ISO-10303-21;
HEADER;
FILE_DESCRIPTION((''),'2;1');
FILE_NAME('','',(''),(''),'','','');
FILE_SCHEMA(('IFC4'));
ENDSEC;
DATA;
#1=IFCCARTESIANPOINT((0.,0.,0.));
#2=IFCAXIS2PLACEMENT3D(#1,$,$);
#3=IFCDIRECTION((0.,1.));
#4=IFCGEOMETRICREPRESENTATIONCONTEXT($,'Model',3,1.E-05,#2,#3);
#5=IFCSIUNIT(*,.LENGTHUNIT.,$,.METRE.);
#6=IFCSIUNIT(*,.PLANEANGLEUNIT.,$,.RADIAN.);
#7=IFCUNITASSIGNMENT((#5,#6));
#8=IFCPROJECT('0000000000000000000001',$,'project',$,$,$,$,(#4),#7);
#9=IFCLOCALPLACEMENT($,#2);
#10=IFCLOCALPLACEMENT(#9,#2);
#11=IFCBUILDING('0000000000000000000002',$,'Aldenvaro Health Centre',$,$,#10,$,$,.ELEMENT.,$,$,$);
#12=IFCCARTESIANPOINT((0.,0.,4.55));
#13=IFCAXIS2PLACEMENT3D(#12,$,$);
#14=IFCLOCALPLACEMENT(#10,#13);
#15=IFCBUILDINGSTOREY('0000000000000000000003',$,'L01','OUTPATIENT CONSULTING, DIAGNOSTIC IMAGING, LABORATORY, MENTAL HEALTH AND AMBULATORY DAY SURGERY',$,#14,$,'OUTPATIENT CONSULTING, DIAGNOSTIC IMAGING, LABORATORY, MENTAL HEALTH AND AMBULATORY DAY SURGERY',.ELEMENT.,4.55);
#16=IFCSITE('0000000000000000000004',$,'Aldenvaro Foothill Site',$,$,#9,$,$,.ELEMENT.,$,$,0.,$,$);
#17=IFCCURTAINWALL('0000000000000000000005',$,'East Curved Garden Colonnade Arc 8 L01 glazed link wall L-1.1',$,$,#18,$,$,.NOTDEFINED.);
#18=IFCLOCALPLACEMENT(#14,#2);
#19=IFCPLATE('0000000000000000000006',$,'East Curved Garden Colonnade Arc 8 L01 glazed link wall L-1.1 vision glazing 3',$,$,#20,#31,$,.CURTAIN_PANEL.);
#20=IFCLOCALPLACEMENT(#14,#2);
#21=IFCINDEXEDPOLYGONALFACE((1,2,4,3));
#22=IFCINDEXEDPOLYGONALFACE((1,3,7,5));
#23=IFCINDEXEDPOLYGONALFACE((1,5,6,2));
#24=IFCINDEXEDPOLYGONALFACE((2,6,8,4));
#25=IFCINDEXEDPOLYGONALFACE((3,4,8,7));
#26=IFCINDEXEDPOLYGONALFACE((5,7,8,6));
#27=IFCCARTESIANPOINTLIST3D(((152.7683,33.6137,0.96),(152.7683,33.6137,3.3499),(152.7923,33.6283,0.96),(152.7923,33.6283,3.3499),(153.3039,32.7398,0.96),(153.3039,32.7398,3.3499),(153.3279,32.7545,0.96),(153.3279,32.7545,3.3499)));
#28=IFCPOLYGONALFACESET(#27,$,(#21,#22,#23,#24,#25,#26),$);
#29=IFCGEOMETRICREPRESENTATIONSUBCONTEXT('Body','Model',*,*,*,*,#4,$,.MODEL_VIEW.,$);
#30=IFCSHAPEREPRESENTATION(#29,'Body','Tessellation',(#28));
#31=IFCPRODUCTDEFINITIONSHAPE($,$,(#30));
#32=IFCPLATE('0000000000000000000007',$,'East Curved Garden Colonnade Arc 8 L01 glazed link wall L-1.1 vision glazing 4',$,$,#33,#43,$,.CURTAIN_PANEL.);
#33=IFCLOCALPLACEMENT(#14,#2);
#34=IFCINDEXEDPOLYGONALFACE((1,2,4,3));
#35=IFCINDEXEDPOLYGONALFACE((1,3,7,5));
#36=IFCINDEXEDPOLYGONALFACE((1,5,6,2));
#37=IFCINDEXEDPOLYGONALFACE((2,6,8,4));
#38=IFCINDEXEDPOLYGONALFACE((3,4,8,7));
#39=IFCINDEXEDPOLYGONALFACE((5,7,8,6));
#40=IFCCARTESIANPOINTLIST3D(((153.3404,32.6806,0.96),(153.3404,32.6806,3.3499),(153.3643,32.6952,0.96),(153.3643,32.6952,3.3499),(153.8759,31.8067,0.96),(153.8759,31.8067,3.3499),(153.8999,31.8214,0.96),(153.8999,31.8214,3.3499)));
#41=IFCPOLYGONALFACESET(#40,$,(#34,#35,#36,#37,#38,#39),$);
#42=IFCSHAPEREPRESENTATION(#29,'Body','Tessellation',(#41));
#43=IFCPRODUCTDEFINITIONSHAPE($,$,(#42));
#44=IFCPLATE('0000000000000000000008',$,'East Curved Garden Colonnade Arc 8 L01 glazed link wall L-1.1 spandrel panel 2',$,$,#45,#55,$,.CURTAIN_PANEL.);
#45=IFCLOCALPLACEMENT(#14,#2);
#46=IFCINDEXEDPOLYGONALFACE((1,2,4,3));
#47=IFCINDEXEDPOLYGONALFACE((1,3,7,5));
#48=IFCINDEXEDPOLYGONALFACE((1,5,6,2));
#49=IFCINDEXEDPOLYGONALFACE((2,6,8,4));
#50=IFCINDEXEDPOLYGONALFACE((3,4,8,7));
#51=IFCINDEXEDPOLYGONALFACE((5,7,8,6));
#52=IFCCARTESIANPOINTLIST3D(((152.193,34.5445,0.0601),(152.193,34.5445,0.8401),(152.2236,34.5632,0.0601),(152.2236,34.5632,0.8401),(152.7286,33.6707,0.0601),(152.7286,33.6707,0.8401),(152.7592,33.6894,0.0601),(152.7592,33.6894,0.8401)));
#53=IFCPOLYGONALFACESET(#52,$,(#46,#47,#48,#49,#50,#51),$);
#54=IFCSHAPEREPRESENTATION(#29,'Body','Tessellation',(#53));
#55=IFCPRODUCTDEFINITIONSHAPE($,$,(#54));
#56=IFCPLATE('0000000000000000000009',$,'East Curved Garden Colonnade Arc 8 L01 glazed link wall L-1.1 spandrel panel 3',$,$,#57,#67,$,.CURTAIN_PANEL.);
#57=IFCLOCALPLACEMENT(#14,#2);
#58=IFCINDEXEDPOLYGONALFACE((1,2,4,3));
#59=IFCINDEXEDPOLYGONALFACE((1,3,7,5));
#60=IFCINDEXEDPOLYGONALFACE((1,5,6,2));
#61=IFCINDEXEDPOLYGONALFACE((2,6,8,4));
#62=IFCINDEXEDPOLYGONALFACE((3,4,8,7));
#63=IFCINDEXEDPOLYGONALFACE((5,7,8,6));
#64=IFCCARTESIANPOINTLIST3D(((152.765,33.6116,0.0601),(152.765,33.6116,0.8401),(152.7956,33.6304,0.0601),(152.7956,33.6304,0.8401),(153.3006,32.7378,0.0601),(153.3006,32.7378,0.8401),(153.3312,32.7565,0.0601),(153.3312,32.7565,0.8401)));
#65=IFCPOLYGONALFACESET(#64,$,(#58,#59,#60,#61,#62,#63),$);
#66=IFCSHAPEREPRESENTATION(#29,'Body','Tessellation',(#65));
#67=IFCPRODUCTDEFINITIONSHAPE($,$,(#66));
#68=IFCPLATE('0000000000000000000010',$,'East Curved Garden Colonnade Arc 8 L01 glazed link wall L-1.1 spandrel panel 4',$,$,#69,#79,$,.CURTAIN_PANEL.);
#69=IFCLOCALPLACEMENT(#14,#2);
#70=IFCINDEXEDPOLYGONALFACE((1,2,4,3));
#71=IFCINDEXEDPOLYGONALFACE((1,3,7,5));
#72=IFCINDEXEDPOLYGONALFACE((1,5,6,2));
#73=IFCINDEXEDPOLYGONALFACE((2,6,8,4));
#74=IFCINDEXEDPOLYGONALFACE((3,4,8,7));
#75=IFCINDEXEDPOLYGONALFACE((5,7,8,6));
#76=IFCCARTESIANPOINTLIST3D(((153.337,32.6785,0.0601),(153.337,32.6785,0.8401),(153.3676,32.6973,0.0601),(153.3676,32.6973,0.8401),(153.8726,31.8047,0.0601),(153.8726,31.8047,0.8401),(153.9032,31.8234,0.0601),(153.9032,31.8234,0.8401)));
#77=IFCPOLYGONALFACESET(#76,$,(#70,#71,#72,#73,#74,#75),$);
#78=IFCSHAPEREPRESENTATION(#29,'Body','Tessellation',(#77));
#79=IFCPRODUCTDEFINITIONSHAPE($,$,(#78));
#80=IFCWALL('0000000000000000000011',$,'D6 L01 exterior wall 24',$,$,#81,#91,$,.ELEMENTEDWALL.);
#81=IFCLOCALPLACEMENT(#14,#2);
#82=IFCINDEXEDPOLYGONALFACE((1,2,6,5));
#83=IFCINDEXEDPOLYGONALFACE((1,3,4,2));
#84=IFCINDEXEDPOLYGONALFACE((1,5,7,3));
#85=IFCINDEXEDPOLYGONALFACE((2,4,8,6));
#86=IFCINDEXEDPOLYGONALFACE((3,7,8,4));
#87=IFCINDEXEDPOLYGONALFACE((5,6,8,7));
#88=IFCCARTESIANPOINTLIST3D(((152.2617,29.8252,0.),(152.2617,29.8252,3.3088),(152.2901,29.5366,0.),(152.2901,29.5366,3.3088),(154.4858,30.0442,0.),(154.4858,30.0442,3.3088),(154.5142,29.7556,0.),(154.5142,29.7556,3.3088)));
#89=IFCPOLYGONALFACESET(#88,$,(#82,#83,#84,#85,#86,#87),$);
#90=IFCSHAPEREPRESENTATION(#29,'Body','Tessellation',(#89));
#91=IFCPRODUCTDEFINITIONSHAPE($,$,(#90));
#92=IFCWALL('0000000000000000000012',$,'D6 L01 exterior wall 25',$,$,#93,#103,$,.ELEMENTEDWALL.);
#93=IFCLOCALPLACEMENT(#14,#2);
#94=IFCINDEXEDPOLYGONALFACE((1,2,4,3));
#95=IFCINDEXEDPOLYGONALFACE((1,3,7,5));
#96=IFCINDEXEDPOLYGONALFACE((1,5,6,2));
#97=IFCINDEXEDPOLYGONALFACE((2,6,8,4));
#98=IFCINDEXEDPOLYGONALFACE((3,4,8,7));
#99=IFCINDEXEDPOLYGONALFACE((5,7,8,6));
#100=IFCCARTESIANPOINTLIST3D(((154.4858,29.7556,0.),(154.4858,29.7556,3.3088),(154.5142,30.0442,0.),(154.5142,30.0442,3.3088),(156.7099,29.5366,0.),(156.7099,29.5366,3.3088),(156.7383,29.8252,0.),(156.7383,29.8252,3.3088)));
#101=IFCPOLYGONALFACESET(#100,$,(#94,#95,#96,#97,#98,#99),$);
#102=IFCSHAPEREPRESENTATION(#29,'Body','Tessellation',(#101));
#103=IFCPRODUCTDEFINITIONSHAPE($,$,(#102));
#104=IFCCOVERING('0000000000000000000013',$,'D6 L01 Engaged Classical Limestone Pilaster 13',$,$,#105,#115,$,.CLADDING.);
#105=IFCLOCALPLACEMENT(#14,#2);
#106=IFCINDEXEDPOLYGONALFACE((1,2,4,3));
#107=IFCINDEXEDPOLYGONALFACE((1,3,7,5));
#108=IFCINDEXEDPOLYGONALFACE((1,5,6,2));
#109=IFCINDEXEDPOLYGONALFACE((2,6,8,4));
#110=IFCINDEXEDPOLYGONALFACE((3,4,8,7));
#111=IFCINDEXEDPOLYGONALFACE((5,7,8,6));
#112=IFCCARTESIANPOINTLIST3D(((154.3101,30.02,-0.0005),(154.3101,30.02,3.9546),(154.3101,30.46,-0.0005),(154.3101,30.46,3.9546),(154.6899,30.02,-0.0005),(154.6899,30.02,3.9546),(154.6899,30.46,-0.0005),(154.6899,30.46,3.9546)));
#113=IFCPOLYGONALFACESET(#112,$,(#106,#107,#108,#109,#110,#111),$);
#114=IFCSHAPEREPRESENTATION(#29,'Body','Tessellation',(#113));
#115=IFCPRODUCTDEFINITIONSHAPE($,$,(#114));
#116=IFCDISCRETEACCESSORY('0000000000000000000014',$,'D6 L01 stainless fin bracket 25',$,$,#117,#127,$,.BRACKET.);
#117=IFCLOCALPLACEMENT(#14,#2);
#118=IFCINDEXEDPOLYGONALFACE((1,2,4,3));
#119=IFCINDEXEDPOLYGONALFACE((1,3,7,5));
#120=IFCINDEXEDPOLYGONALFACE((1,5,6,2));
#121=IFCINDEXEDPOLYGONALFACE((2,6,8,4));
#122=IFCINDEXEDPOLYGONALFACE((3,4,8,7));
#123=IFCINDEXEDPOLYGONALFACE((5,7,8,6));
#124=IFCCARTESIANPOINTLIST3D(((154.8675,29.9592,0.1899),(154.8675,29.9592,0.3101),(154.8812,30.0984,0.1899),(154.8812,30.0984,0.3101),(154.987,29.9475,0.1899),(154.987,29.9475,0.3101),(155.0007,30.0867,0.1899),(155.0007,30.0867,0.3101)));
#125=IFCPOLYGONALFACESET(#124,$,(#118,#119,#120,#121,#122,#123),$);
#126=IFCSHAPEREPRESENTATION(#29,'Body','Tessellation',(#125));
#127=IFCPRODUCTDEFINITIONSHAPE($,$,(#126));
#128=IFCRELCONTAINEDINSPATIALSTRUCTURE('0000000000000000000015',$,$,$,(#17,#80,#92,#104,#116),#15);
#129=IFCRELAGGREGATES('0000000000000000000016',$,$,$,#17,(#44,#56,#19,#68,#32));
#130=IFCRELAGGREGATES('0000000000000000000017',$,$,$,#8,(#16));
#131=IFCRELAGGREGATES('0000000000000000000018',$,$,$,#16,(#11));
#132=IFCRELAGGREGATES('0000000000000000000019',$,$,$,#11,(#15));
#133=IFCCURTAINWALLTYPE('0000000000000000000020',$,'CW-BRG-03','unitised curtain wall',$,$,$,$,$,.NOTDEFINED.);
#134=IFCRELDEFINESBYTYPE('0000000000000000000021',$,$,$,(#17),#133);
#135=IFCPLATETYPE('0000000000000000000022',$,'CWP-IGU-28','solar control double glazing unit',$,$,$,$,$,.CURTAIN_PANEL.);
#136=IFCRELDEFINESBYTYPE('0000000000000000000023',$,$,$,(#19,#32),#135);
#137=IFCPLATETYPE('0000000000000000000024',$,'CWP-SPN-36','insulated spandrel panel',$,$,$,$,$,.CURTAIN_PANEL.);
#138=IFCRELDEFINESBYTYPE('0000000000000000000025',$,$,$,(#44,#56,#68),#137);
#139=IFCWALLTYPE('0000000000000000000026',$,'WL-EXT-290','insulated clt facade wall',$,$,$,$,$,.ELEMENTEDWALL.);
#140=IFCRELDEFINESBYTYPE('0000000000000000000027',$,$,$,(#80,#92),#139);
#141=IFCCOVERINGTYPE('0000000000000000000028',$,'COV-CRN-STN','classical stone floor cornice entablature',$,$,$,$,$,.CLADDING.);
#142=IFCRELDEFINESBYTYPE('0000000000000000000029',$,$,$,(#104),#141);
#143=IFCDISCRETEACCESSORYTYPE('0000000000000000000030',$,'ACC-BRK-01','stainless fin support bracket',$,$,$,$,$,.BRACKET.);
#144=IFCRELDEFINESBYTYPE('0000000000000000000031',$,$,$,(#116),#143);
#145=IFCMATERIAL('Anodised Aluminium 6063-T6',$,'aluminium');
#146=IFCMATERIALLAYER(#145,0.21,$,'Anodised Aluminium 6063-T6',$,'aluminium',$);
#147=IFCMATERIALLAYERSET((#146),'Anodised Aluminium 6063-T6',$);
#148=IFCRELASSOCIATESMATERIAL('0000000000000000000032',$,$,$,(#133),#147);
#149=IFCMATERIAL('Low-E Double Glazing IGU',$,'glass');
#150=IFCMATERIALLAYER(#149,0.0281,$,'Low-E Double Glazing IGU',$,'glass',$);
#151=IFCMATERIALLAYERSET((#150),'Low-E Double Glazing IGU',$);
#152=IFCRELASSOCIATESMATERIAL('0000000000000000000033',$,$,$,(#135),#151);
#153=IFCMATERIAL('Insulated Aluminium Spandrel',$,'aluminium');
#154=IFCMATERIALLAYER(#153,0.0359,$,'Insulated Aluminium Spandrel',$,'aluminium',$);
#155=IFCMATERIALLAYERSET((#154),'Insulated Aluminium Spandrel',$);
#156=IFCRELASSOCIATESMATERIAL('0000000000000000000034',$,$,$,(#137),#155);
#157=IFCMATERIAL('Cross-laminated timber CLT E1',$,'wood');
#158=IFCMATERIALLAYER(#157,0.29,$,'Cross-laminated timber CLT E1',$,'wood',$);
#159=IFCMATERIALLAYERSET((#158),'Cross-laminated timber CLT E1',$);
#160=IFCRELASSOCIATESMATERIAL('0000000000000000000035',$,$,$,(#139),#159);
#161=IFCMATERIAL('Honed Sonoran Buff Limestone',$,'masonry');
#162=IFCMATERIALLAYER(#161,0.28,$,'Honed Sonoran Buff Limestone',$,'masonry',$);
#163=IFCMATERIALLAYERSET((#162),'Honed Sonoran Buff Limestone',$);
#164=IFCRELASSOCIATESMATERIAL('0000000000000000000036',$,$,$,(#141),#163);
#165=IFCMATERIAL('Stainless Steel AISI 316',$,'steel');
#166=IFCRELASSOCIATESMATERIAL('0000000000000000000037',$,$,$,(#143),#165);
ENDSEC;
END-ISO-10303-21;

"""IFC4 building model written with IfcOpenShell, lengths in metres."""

from ifc_helpers import new_model, si_unit, direction, frame, frame_2d, origin, origin_2d, place, context, subcontext, project, spatial, rectangle, extrude, material, layer, layer_set, type_object, element, aggregate, save


model = new_model("IFC4")

# Units and contexts
model_context = context("Model", 3, precision=1e-05, world=origin(), true_north=direction((0.0, 1.0)))
body_context = subcontext(model_context, "Body", "Model", "MODEL_VIEW")
ifc_project = project(units=[si_unit("LENGTHUNIT", "METRE"), si_unit("PLANEANGLEUNIT", "RADIAN")], contexts=[model_context])

# Site, building, storey
site_placement = place(None, origin())
site = spatial("IfcSite", under=ifc_project, at=site_placement, Name="Aldenvaro Foothill Site", CompositionType="ELEMENT", RefElevation=0.0)
building_placement = place(site_placement, origin())
building = spatial("IfcBuilding", under=site, at=building_placement, Name="Aldenvaro Health Centre", CompositionType="ELEMENT")
storey_placement = place(building_placement, frame((0.0, 0.0, 4.55)))
storey = spatial("IfcBuildingStorey", under=building, at=storey_placement, Name="L01", Description="OUTPATIENT CONSULTING, DIAGNOSTIC IMAGING, LABORATORY, MENTAL HEALTH AND AMBULATORY DAY SURGERY", LongName="OUTPATIENT CONSULTING, DIAGNOSTIC IMAGING, LABORATORY, MENTAL HEALTH AND AMBULATORY DAY SURGERY", CompositionType="ELEMENT", Elevation=4.55)

# Shared definitions
ifc_material_1 = material(Name="Anodised Aluminium 6063-T6", Category="aluminium")

# Curtain wall
ifc_layer_1 = layer(ifc_material_1, 0.21, Name="Anodised Aluminium 6063-T6", Category="aluminium")
ifc_layer_set_1 = layer_set([ifc_layer_1], Name="Anodised Aluminium 6063-T6")
curtain_wall_type_1 = type_object("IfcCurtainWallType", Name="CW-BRG-03", Description="unitised curtain wall", PredefinedType="NOTDEFINED", material=ifc_layer_set_1)
curtain_wall_1_placement = place(storey_placement, origin())
curtain_wall_1 = element("IfcCurtainWall", 1, at=curtain_wall_1_placement, inside=storey, type_object=curtain_wall_type_1, Name="East Curved Garden Colonnade Arc 8 L01 glazed link wall L-1.1", PredefinedType="NOTDEFINED")

# Plates
ifc_material_2 = material(Name="Low-E Double Glazing IGU", Category="glass")
ifc_layer_2 = layer(ifc_material_2, 0.0281, Name="Low-E Double Glazing IGU", Category="glass")
ifc_layer_set_2 = layer_set([ifc_layer_2], Name="Low-E Double Glazing IGU")
plate_type_1 = type_object("IfcPlateType", Name="CWP-IGU-28", Description="solar control double glazing unit", PredefinedType="CURTAIN_PANEL", material=ifc_layer_set_2)
plate_1_placement = place(storey_placement, frame((153.0481, 33.1841, 0.96), z_axis=(0.0, 0.0, 1.0), x_axis=(0.522567, -0.852598, 0.0)))
plate_1 = element("IfcPlate", 2, at=plate_1_placement, type_object=plate_type_1, Name="East Curved Garden Colonnade Arc 8 L01 glazed link wall L-1.1 vision glazing 3", PredefinedType="CURTAIN_PANEL", context=body_context, shape_type="SweptSolid", body=[
    extrude(rectangle(XDim=1.0249, YDim=0.0281, at=origin_2d()), origin(), (0.0, 0.0, 1.0), 2.3899),
])
plate_2_placement = place(storey_placement, frame((153.6201, 32.251, 0.96), z_axis=(0.0, 0.0, 1.0), x_axis=(0.522567, -0.852598, 0.0)))
plate_2 = element("IfcPlate", 3, at=plate_2_placement, type_object=plate_type_1, Name="East Curved Garden Colonnade Arc 8 L01 glazed link wall L-1.1 vision glazing 4", PredefinedType="CURTAIN_PANEL", context=body_context, shape_type="SweptSolid", body=[
    extrude(rectangle(XDim=1.0249, YDim=0.0281, at=origin_2d()), origin(), (0.0, 0.0, 1.0), 2.3899),
])
ifc_material_3 = material(Name="Insulated Aluminium Spandrel", Category="aluminium")
ifc_layer_3 = layer(ifc_material_3, 0.0359, Name="Insulated Aluminium Spandrel", Category="aluminium")
ifc_layer_set_3 = layer_set([ifc_layer_3], Name="Insulated Aluminium Spandrel")
plate_type_2 = type_object("IfcPlateType", Name="CWP-SPN-36", Description="insulated spandrel panel", PredefinedType="CURTAIN_PANEL", material=ifc_layer_set_3)
plate_3_placement = place(storey_placement, frame((152.4761, 34.1169, 0.0601), z_axis=(0.0, 0.0, 1.0), x_axis=(0.522567, -0.852598, 0.0)))
plate_3 = element("IfcPlate", 4, at=plate_3_placement, type_object=plate_type_2, Name="East Curved Garden Colonnade Arc 8 L01 glazed link wall L-1.1 spandrel panel 2", PredefinedType="CURTAIN_PANEL", context=body_context, shape_type="SweptSolid", body=[
    extrude(rectangle(XDim=1.0249, YDim=0.0359, at=origin_2d()), origin(), (0.0, 0.0, 1.0), 0.78),
])
plate_4_placement = place(storey_placement, frame((153.0481, 33.1841, 0.0601), z_axis=(0.0, 0.0, 1.0), x_axis=(0.522567, -0.852598, 0.0)))
plate_4 = element("IfcPlate", 5, at=plate_4_placement, type_object=plate_type_2, Name="East Curved Garden Colonnade Arc 8 L01 glazed link wall L-1.1 spandrel panel 3", PredefinedType="CURTAIN_PANEL", context=body_context, shape_type="SweptSolid", body=[
    extrude(rectangle(XDim=1.0249, YDim=0.0359, at=origin_2d()), origin(), (0.0, 0.0, 1.0), 0.78),
])
plate_5_placement = place(storey_placement, frame((153.6201, 32.251, 0.0601), z_axis=(0.0, 0.0, 1.0), x_axis=(0.522567, -0.852598, 0.0)))
plate_5 = element("IfcPlate", 6, at=plate_5_placement, type_object=plate_type_2, Name="East Curved Garden Colonnade Arc 8 L01 glazed link wall L-1.1 spandrel panel 4", PredefinedType="CURTAIN_PANEL", context=body_context, shape_type="SweptSolid", body=[
    extrude(rectangle(XDim=1.0249, YDim=0.0359, at=origin_2d()), origin(), (0.0, 0.0, 1.0), 0.78),
])
aggregate(curtain_wall_1, [plate_3, plate_4, plate_1, plate_5, plate_2])

# Walls
ifc_material_4 = material(Name="Cross-laminated timber CLT E1", Category="wood")
ifc_layer_4 = layer(ifc_material_4, 0.29, Name="Cross-laminated timber CLT E1", Category="wood")
ifc_layer_set_4 = layer_set([ifc_layer_4], Name="Cross-laminated timber CLT E1")
wall_type = type_object("IfcWallType", Name="WL-EXT-290", Description="insulated clt facade wall", PredefinedType="ELEMENTEDWALL", material=ifc_layer_set_4)
for number, where, z_axis, x_axis, name in (
    (7, (152.2759, 29.6809, 0.0), (0.0, 0.0, 1.0), (0.995187, 0.097989, 0.0), "D6 L01 exterior wall 24"),
    (8, (154.5, 29.8999, 0.0), (0.0, 0.0, 1.0), (0.995187, -0.097989, 0.0), "D6 L01 exterior wall 25"),
):
    element("IfcWall", number, at=place(storey_placement, frame(where, z_axis=z_axis, x_axis=x_axis)), inside=storey, type_object=wall_type, Name=name, PredefinedType="ELEMENTEDWALL", context=body_context, shape_type="SweptSolid", body=[
        extrude(rectangle(XDim=2.2349, YDim=0.29, at=frame_2d((1.1174, 0.0))), origin(), (0.0, 0.0, 1.0), 3.3088),
    ])

# Covering
ifc_material_5 = material(Name="Honed Sonoran Buff Limestone", Category="masonry")
ifc_layer_5 = layer(ifc_material_5, 0.28, Name="Honed Sonoran Buff Limestone", Category="masonry")
ifc_layer_set_5 = layer_set([ifc_layer_5], Name="Honed Sonoran Buff Limestone")
covering_type = type_object("IfcCoveringType", Name="COV-CRN-STN", Description="classical stone floor cornice entablature", PredefinedType="CLADDING", material=ifc_layer_set_5)
covering_placement = place(storey_placement, frame((154.5, 30.24, -0.0005), z_axis=(0.0, 0.0, 1.0), x_axis=(0.0, 1.0, 0.0)))
element("IfcCovering", 9, at=covering_placement, inside=storey, type_object=covering_type, Name="D6 L01 Engaged Classical Limestone Pilaster 13", PredefinedType="CLADDING", context=body_context, shape_type="SweptSolid", body=[
    extrude(rectangle(XDim=0.4399, YDim=0.3799, at=origin_2d()), origin(), (0.0, 0.0, 1.0), 3.9551),
])

# Discrete accessory
ifc_material_6 = material(Name="Stainless Steel AISI 316", Category="steel")
discrete_accessory_type = type_object("IfcDiscreteAccessoryType", Name="ACC-BRK-01", Description="stainless fin support bracket", PredefinedType="BRACKET", material=ifc_material_6)
discrete_accessory_placement = place(storey_placement, frame((154.9341, 30.0229, 0.1899), z_axis=(0.0, 0.0, 1.0), x_axis=(0.995187, -0.097997, 0.0)))
element("IfcDiscreteAccessory", 10, at=discrete_accessory_placement, inside=storey, type_object=discrete_accessory_type, Name="D6 L01 stainless fin bracket 25", PredefinedType="BRACKET", context=body_context, shape_type="SweptSolid", body=[
    extrude(rectangle(XDim=0.1201, YDim=0.1399, at=origin_2d()), origin(), (0.0, 0.0, 1.0), 0.1201),
])

save(model, "model.ifc")
